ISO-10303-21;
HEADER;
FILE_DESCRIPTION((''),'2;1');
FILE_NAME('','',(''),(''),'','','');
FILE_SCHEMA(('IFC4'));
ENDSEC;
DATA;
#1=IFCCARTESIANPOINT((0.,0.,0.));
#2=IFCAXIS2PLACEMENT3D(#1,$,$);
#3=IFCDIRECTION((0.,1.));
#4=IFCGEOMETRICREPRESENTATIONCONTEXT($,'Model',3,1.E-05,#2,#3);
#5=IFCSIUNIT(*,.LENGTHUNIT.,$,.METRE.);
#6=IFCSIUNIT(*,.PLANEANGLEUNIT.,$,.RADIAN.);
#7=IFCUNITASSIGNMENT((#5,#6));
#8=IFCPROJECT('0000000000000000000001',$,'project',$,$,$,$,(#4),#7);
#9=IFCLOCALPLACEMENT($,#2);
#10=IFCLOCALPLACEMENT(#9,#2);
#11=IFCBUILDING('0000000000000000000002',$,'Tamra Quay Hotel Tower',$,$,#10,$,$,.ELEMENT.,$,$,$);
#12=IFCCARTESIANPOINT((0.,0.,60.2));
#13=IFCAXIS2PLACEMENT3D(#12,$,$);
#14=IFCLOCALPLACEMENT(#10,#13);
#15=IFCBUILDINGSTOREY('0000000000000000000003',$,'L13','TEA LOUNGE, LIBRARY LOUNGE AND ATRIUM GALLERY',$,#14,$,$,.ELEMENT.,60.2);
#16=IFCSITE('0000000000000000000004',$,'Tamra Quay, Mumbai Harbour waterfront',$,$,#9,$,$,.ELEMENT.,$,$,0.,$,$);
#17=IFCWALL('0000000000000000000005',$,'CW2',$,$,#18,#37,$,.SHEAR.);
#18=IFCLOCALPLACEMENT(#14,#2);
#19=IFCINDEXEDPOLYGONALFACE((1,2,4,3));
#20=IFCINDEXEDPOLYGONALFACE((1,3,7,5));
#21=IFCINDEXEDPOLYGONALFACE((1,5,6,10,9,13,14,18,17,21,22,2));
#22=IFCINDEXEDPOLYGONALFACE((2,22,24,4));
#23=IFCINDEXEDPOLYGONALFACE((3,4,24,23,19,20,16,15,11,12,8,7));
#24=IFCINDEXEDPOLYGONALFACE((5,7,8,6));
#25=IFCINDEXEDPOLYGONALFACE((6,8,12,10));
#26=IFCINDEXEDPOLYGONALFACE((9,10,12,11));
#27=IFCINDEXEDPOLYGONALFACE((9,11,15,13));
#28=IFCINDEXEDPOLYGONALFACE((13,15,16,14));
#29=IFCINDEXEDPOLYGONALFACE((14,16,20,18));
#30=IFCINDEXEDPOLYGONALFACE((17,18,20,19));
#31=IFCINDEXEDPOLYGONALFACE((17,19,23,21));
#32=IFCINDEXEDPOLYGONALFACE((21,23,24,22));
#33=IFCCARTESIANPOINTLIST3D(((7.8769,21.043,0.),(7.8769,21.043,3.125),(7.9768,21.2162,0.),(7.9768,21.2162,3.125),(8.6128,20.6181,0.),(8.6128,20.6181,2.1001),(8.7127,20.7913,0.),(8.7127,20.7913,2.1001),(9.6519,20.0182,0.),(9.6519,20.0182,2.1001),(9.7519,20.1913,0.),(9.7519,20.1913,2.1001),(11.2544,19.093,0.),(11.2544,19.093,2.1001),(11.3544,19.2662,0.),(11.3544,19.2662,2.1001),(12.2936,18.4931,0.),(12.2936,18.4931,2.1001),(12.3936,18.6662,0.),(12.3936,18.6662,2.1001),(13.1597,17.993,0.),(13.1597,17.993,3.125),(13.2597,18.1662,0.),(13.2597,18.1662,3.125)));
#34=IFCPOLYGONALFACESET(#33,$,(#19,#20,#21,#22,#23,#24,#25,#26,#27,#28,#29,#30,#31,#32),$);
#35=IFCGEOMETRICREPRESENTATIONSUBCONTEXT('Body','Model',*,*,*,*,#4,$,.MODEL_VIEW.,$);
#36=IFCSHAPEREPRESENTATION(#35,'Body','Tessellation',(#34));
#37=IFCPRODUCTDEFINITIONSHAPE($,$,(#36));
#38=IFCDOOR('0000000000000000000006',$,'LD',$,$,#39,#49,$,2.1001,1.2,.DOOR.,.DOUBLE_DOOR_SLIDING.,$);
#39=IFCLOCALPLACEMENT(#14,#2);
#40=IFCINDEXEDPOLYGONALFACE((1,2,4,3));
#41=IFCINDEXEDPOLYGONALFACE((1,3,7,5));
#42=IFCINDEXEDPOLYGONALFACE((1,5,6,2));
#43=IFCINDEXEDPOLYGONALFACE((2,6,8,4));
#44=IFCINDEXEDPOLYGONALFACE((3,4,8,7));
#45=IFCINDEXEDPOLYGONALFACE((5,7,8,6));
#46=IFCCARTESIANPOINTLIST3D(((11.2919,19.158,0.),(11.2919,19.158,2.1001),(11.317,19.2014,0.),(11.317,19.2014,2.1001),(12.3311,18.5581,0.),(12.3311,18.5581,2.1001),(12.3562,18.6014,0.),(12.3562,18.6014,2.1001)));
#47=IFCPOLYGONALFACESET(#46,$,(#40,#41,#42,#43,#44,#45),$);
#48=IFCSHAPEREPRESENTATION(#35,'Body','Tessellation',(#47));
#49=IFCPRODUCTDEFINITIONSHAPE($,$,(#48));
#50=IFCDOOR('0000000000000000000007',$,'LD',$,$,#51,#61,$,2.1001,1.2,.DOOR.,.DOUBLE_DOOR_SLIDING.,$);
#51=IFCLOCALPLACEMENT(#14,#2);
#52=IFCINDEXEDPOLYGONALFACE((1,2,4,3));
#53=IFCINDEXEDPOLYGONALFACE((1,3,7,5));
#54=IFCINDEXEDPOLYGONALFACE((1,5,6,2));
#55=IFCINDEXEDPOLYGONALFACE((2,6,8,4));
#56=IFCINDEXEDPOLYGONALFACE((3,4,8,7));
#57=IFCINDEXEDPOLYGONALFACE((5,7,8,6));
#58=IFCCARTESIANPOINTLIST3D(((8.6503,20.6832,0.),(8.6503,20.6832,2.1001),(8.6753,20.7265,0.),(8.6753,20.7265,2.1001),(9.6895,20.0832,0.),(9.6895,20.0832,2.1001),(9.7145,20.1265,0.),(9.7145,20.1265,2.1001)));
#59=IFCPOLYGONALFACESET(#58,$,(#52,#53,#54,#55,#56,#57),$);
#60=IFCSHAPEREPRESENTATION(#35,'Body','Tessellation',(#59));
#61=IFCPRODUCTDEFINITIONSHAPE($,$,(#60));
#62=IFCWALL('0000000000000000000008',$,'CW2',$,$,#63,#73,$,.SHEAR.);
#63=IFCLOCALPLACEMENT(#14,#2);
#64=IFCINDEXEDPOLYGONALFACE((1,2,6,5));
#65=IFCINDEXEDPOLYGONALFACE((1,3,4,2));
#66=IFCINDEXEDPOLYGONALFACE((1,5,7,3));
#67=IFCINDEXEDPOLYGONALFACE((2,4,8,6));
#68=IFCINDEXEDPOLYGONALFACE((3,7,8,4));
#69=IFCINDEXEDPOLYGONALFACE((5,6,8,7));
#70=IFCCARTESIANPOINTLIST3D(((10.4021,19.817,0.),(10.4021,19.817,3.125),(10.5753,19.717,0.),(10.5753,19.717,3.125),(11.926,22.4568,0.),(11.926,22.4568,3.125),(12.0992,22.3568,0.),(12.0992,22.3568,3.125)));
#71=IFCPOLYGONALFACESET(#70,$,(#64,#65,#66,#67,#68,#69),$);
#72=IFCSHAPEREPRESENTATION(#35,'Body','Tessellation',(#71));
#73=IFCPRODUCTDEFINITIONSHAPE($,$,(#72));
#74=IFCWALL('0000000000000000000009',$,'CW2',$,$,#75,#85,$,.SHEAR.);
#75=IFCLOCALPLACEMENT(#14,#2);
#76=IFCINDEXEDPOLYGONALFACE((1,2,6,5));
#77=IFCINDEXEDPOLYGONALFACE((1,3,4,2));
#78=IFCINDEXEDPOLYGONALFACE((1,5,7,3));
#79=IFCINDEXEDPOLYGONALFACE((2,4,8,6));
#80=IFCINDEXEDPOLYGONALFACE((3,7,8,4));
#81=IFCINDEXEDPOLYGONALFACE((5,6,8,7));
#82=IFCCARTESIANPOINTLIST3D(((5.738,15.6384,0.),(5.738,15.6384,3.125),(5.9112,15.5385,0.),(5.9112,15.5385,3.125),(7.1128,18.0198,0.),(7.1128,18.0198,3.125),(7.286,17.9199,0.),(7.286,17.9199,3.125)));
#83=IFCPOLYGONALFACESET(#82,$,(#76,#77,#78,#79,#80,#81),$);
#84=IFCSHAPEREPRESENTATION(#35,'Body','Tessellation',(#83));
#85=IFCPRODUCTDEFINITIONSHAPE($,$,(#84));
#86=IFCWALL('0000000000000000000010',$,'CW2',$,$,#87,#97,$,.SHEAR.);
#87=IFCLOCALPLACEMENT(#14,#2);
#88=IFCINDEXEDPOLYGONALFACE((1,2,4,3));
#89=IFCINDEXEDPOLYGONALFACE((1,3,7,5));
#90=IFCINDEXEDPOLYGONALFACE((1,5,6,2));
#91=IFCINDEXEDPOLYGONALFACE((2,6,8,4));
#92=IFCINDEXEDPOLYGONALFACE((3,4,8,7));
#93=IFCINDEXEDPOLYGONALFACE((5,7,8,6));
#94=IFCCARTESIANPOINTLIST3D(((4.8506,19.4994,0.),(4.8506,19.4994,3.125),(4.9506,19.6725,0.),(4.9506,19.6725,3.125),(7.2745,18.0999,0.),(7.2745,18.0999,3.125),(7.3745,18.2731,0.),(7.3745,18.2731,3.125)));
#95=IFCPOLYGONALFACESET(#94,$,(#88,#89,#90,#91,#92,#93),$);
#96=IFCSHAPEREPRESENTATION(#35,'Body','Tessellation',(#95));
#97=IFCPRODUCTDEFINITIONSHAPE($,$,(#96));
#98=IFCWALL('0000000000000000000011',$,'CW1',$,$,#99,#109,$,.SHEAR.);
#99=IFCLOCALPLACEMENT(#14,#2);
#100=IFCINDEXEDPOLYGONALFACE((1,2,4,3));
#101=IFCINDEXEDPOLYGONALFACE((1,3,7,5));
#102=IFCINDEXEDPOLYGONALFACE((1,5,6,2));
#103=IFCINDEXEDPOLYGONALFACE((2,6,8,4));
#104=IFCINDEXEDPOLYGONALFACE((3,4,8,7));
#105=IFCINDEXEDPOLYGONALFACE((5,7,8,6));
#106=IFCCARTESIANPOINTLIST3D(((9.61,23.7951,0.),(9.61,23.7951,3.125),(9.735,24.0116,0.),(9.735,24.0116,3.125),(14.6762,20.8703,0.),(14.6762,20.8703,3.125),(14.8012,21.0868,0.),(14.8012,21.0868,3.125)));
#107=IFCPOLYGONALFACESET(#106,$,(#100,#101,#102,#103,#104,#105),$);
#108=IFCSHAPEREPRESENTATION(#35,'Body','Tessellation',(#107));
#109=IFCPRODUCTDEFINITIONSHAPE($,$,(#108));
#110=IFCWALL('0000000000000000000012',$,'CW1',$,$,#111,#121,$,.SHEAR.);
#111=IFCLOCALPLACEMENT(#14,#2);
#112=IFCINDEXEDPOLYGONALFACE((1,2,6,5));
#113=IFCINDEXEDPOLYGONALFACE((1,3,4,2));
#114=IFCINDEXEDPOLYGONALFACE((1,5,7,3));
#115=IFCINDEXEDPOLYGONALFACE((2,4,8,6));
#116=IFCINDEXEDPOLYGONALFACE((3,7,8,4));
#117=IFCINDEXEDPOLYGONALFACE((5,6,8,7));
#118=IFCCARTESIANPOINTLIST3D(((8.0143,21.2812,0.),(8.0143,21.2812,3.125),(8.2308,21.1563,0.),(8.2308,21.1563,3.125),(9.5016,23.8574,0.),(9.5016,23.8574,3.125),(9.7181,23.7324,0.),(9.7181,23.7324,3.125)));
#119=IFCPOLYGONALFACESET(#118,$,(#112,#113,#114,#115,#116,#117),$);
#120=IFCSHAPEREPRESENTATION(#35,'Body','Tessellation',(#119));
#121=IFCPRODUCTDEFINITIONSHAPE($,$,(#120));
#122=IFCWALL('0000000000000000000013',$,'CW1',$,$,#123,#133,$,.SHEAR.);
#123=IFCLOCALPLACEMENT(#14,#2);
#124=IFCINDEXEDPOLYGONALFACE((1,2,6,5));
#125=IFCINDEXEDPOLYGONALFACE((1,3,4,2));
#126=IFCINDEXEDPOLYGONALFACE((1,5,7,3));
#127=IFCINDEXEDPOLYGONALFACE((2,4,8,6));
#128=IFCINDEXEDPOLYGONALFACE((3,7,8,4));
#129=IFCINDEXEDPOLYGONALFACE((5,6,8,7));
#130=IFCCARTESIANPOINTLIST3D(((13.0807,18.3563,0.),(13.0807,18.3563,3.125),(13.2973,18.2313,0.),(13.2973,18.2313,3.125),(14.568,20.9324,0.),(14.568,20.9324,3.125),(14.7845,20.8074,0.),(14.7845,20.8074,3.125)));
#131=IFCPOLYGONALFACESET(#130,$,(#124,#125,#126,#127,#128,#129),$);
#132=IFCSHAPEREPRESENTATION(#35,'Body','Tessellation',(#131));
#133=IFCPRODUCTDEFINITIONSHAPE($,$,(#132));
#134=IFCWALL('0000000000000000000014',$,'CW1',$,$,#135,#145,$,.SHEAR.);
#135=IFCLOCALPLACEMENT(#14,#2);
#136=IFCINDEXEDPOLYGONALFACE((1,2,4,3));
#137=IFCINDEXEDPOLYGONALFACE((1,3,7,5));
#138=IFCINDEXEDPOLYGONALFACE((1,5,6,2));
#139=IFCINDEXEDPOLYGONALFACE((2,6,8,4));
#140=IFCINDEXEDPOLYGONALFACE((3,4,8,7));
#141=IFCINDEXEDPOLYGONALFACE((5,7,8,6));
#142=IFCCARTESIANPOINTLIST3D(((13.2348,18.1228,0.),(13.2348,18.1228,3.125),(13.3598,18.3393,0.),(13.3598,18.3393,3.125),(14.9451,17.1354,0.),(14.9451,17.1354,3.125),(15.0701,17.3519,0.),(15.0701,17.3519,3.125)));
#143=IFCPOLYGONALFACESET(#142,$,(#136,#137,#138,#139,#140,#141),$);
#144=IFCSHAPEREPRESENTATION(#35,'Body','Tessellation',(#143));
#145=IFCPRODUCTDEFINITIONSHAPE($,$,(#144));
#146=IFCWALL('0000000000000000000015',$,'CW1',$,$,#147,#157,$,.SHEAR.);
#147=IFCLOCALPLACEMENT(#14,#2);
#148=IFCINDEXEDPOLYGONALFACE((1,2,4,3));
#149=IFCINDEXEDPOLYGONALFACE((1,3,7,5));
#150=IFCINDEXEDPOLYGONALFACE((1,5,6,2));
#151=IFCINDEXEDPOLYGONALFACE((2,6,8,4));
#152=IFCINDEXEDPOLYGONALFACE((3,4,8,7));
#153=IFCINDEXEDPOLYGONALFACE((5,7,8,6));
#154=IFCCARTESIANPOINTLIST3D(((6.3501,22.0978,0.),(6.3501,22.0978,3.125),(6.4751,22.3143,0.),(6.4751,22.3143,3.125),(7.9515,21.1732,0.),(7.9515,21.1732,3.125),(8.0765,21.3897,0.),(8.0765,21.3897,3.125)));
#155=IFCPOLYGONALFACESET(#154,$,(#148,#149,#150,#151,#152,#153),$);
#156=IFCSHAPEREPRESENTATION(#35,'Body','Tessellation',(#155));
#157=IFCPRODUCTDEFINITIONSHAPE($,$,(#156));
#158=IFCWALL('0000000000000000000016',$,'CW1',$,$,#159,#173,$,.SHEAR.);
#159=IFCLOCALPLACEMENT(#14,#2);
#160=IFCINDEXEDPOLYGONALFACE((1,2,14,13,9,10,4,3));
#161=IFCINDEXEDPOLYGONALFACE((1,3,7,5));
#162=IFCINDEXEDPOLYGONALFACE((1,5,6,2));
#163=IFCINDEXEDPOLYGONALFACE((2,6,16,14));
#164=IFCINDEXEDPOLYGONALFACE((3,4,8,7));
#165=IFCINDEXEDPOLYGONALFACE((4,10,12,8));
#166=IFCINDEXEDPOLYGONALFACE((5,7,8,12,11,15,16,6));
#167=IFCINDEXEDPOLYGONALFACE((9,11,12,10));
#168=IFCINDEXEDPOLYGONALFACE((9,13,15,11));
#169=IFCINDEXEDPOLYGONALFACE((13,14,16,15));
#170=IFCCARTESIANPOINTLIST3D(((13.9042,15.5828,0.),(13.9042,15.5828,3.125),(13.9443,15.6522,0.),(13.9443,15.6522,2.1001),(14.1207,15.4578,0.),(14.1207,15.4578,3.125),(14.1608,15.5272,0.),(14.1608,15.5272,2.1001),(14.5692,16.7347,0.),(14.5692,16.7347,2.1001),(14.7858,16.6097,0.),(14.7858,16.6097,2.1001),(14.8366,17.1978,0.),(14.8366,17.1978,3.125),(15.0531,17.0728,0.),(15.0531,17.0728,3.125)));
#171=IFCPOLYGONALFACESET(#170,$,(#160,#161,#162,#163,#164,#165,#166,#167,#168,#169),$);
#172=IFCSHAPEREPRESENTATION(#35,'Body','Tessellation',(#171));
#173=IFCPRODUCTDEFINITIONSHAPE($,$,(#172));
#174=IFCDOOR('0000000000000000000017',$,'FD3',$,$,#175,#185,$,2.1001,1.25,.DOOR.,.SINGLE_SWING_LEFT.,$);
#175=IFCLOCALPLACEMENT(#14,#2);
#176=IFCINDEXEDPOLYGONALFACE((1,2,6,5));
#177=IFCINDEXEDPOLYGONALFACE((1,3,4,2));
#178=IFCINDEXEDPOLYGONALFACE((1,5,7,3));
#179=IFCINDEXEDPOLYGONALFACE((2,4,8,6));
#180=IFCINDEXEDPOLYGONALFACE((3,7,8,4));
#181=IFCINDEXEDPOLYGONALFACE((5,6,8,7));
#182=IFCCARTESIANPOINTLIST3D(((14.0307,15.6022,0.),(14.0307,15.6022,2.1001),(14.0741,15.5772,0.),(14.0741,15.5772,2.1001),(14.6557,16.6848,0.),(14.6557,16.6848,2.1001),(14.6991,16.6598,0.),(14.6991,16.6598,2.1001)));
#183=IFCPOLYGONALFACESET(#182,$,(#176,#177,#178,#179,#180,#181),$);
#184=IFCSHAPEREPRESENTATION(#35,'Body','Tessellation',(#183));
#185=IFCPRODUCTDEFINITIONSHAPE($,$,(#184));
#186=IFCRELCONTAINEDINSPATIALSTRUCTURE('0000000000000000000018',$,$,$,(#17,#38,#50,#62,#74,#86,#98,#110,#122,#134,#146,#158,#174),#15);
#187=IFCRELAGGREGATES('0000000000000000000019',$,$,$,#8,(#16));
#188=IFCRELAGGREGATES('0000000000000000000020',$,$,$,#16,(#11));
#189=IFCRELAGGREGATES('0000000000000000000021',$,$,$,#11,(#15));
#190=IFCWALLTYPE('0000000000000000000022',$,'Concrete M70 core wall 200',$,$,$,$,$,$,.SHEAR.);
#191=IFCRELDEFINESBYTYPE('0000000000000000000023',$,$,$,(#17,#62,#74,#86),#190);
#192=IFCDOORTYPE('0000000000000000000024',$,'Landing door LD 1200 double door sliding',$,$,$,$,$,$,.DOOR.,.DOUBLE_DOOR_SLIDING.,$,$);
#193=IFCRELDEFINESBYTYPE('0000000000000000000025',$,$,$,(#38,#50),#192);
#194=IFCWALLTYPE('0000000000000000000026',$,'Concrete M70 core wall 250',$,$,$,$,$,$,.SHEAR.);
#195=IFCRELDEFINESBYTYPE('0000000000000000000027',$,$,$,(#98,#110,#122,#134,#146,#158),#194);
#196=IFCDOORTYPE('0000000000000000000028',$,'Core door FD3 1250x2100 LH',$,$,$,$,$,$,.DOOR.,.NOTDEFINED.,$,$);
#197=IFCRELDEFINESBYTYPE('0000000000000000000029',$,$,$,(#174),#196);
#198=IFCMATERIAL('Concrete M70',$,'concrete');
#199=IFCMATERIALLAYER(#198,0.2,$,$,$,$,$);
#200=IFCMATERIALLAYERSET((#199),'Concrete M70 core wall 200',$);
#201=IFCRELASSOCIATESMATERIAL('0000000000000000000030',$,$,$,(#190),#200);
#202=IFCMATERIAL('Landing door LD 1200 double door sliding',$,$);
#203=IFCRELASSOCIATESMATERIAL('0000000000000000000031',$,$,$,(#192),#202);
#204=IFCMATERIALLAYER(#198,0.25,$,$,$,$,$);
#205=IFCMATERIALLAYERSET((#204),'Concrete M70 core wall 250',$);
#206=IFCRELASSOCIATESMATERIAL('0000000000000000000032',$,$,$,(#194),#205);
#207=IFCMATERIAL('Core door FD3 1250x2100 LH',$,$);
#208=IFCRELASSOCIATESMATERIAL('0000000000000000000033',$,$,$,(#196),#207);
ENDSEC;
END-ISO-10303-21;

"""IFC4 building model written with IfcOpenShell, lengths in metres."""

from ifc_helpers import new_model, si_unit, direction, frame, frame_2d, origin, place, context, subcontext, project, spatial, rectangle, extrude, material, layer, layer_set, type_object, element, fill, save


model = new_model("IFC4")

# Units and contexts
model_context = context("Model", 3, precision=1e-05, world=origin(), true_north=direction((0.0, 1.0)))
body_context = subcontext(model_context, "Body", "Model", "MODEL_VIEW")
ifc_project = project(units=[si_unit("LENGTHUNIT", "METRE"), si_unit("PLANEANGLEUNIT", "RADIAN")], contexts=[model_context])

# Site, building, storey
site_placement = place(None, origin())
site = spatial("IfcSite", under=ifc_project, at=site_placement, Name="Tamra Quay, Mumbai Harbour waterfront", CompositionType="ELEMENT", RefElevation=0.0)
building_placement = place(site_placement, origin())
building = spatial("IfcBuilding", under=site, at=building_placement, Name="Tamra Quay Hotel Tower", CompositionType="ELEMENT")
storey_placement = place(building_placement, frame((0.0, 0.0, 60.2)))
storey = spatial("IfcBuildingStorey", under=building, at=storey_placement, Name="L13", Description="TEA LOUNGE, LIBRARY LOUNGE AND ATRIUM GALLERY", CompositionType="ELEMENT", Elevation=60.2)

# Shared definitions
ifc_material_1 = material(Name="Concrete M70", Category="concrete")

# Wall, openings, doors
ifc_layer_1 = layer(ifc_material_1, 0.2)
ifc_layer_set_1 = layer_set([ifc_layer_1], Name="Concrete M70 core wall 200")
wall_type_1 = type_object("IfcWallType", Name="Concrete M70 core wall 200", PredefinedType="SHEAR", material=ifc_layer_set_1)
wall_1_placement = place(storey_placement, frame((13.2097, 18.0796, 0.0), z_axis=(0.0, 0.0, 1.0), x_axis=(-0.86603, 0.499992, 0.0)))
wall_1 = element("IfcWall", 1, at=wall_1_placement, inside=storey, type_object=wall_type_1, Name="CW2", PredefinedType="SHEAR", context=body_context, shape_type="SweptSolid", body=[
    extrude(rectangle(XDim=6.1001, YDim=0.2, at=frame_2d((3.05, 0.0))), origin(), (0.0, 0.0, 1.0), 3.125),
])
opening_1_placement = place(wall_1_placement, frame((1.0, 0.0, 0.0)))
opening_1 = element("IfcOpeningElement", 2, at=opening_1_placement, cuts=wall_1, PredefinedType="OPENING", context=body_context, shape_type="SweptSolid", body=[
    extrude(rectangle(XDim=1.2, YDim=2.1001, at=frame_2d((0.6001, 1.05))), frame((0.0, 0.1099, 0.0), z_axis=(0.0, -1.0, 0.0), x_axis=(1.0, 0.0, 0.0)), (0.0, 0.0, 1.0), 0.22),
])
opening_2_placement = place(wall_1_placement, frame((4.0503, 0.0, 0.0)))
opening_2 = element("IfcOpeningElement", 3, at=opening_2_placement, cuts=wall_1, PredefinedType="OPENING", context=body_context, shape_type="SweptSolid", body=[
    extrude(rectangle(XDim=1.2, YDim=2.1001, at=frame_2d((0.6001, 1.05))), frame((0.0, 0.1099, 0.0), z_axis=(0.0, -1.0, 0.0), x_axis=(1.0, 0.0, 0.0)), (0.0, 0.0, 1.0), 0.22),
])
ifc_material_2 = material(Name="Landing door LD 1200 double door sliding")
door_type_1 = type_object("IfcDoorType", Name="Landing door LD 1200 double door sliding", OperationType="DOUBLE_DOOR_SLIDING", PredefinedType="DOOR", material=ifc_material_2)
door_1_placement = place(opening_1_placement, origin())
door_1 = element("IfcDoor", 4, at=door_1_placement, inside=storey, type_object=door_type_1, Name="LD", OperationType="DOUBLE_DOOR_SLIDING", OverallHeight=2.1001, OverallWidth=1.2, PredefinedType="DOOR", context=body_context, shape_type="SweptSolid", body=[
    extrude(rectangle(XDim=1.2, YDim=2.1001, at=frame_2d((0.6001, 1.05))), frame((0.0, 0.0249, 0.0), z_axis=(0.0, -1.0, 0.0), x_axis=(1.0, 0.0, 0.0)), (0.0, 0.0, 1.0), 0.05),
])
fill(opening_1, door_1)
door_2_placement = place(opening_2_placement, origin())
door_2 = element("IfcDoor", 5, at=door_2_placement, inside=storey, type_object=door_type_1, Name="LD", OperationType="DOUBLE_DOOR_SLIDING", OverallHeight=2.1001, OverallWidth=1.2, PredefinedType="DOOR", context=body_context, shape_type="SweptSolid", body=[
    extrude(rectangle(XDim=1.2, YDim=2.1001, at=frame_2d((0.6001, 1.05))), frame((0.0, 0.0249, 0.0), z_axis=(0.0, -1.0, 0.0), x_axis=(1.0, 0.0, 0.0)), (0.0, 0.0, 1.0), 0.05),
])
fill(opening_2, door_2)

# Walls
wall_2_placement = place(storey_placement, frame((10.4888, 19.7671, 0.0), z_axis=(0.0, 0.0, 1.0), x_axis=(0.499947, 0.866056, 0.0)))
element("IfcWall", 6, at=wall_2_placement, inside=storey, type_object=wall_type_1, Name="CW2", PredefinedType="SHEAR", context=body_context, shape_type="SweptSolid", body=[
    extrude(rectangle(XDim=3.0481, YDim=0.2, at=frame_2d((1.5239, 0.0))), origin(), (0.0, 0.0, 1.0), 3.125),
])
wall_3_placement = place(storey_placement, frame((7.1995, 17.97, 0.0), z_axis=(0.0, 0.0, 1.0), x_axis=(-0.499968, -0.866044, 0.0)))
element("IfcWall", 7, at=wall_3_placement, inside=storey, type_object=wall_type_1, Name="CW2", PredefinedType="SHEAR", context=body_context, shape_type="SweptSolid", body=[
    extrude(rectangle(XDim=2.7498, YDim=0.2, at=frame_2d((1.375, 0.0))), origin(), (0.0, 0.0, 1.0), 3.125),
])
wall_4_placement = place(storey_placement, frame((4.9006, 19.5859, 0.0), z_axis=(0.0, 0.0, 1.0), x_axis=(0.866023, -0.500004, 0.0)))
element("IfcWall", 8, at=wall_4_placement, inside=storey, type_object=wall_type_1, Name="CW2", PredefinedType="SHEAR", context=body_context, shape_type="SweptSolid", body=[
    extrude(rectangle(XDim=2.7988, YDim=0.2, at=frame_2d((1.3994, 0.0))), origin(), (0.0, 0.0, 1.0), 3.125),
])
ifc_layer_2 = layer(ifc_material_1, 0.25)
ifc_layer_set_2 = layer_set([ifc_layer_2], Name="Concrete M70 core wall 250")
wall_type_2 = type_object("IfcWallType", Name="Concrete M70 core wall 250", PredefinedType="SHEAR", material=ifc_layer_set_2)
wall_5_placement = place(storey_placement, frame((9.6726, 23.9033, 0.0), z_axis=(0.0, 0.0, 1.0), x_axis=(0.866036, -0.499981, 0.0)))
element("IfcWall", 9, at=wall_5_placement, inside=storey, type_object=wall_type_2, Name="CW1", PredefinedType="SHEAR", context=body_context, shape_type="SweptSolid", body=[
    extrude(rectangle(XDim=5.8499, YDim=0.25, at=frame_2d((2.9248, 0.0))), origin(), (0.0, 0.0, 1.0), 3.125),
])
for number, where, z_axis, x_axis, name in (
    (10, (8.1226, 21.2188, 0.0), (0.0, 0.0, 1.0), (0.499988, 0.866033, 0.0), "CW1"),
    (11, (14.6763, 20.8699, 0.0), (0.0, 0.0, 1.0), (-0.499988, -0.866033, 0.0), "CW1"),
):
    element("IfcWall", number, at=place(storey_placement, frame(where, z_axis=z_axis, x_axis=x_axis)), inside=storey, type_object=wall_type_2, Name=name, PredefinedType="SHEAR", context=body_context, shape_type="SweptSolid", body=[
        extrude(rectangle(XDim=2.9746, YDim=0.25, at=frame_2d((1.4873, 0.0))), origin(), (0.0, 0.0, 1.0), 3.125),
    ])
wall_6_placement = place(storey_placement, frame((13.2974, 18.231, 0.0), z_axis=(0.0, 0.0, 1.0), x_axis=(0.866044, -0.499969, 0.0)))
element("IfcWall", 12, at=wall_6_placement, inside=storey, type_object=wall_type_2, Name="CW1", PredefinedType="SHEAR", context=body_context, shape_type="SweptSolid", body=[
    extrude(rectangle(XDim=1.9749, YDim=0.25, at=frame_2d((0.9873, 0.0))), origin(), (0.0, 0.0, 1.0), 3.125),
])
wall_7_placement = place(storey_placement, frame((6.4126, 22.2061, 0.0), z_axis=(0.0, 0.0, 1.0), x_axis=(0.866016, -0.500016, 0.0)))
element("IfcWall", 13, at=wall_7_placement, inside=storey, type_object=wall_type_2, Name="CW1", PredefinedType="SHEAR", context=body_context, shape_type="SweptSolid", body=[
    extrude(rectangle(XDim=1.8491, YDim=0.25, at=frame_2d((0.9246, 0.0))), origin(), (0.0, 0.0, 1.0), 3.125),
])

# Wall, opening, door
wall_8_placement = place(storey_placement, frame((14.9448, 17.1353, 0.0), z_axis=(0.0, 0.0, 1.0), x_axis=(-0.499983, -0.866035, 0.0)))
wall_8 = element("IfcWall", 14, at=wall_8_placement, inside=storey, type_object=wall_type_2, Name="CW1", PredefinedType="SHEAR", context=body_context, shape_type="SweptSolid", body=[
    extrude(rectangle(XDim=1.8647, YDim=0.25, at=frame_2d((0.9324, 0.0))), origin(), (0.0, 0.0, 1.0), 3.125),
])
opening_3_placement = place(wall_8_placement, frame((0.5347, 0.0, 0.0)))
opening_3 = element("IfcOpeningElement", 15, at=opening_3_placement, cuts=wall_8, PredefinedType="OPENING", context=body_context, shape_type="SweptSolid", body=[
    extrude(rectangle(XDim=1.25, YDim=2.1001, at=frame_2d((0.625, 1.05))), frame((0.0, 0.135, 0.0), z_axis=(0.0, -1.0, 0.0), x_axis=(1.0, 0.0, 0.0)), (0.0, 0.0, 1.0), 0.27),
])
ifc_material_3 = material(Name="Core door FD3 1250x2100 LH")
door_type_2 = type_object("IfcDoorType", Name="Core door FD3 1250x2100 LH", OperationType="NOTDEFINED", PredefinedType="DOOR", material=ifc_material_3)
door_3_placement = place(opening_3_placement, origin())
door_3 = element("IfcDoor", 16, at=door_3_placement, inside=storey, type_object=door_type_2, Name="FD3", OperationType="SINGLE_SWING_LEFT", OverallHeight=2.1001, OverallWidth=1.25, PredefinedType="DOOR", context=body_context, shape_type="SweptSolid", body=[
    extrude(rectangle(XDim=1.25, YDim=2.1001, at=frame_2d((0.625, 1.05))), frame((0.0, 0.0249, 0.0), z_axis=(0.0, -1.0, 0.0), x_axis=(1.0, 0.0, 0.0)), (0.0, 0.0, 1.0), 0.05),
])
fill(opening_3, door_3)

save(model, "model.ifc")
